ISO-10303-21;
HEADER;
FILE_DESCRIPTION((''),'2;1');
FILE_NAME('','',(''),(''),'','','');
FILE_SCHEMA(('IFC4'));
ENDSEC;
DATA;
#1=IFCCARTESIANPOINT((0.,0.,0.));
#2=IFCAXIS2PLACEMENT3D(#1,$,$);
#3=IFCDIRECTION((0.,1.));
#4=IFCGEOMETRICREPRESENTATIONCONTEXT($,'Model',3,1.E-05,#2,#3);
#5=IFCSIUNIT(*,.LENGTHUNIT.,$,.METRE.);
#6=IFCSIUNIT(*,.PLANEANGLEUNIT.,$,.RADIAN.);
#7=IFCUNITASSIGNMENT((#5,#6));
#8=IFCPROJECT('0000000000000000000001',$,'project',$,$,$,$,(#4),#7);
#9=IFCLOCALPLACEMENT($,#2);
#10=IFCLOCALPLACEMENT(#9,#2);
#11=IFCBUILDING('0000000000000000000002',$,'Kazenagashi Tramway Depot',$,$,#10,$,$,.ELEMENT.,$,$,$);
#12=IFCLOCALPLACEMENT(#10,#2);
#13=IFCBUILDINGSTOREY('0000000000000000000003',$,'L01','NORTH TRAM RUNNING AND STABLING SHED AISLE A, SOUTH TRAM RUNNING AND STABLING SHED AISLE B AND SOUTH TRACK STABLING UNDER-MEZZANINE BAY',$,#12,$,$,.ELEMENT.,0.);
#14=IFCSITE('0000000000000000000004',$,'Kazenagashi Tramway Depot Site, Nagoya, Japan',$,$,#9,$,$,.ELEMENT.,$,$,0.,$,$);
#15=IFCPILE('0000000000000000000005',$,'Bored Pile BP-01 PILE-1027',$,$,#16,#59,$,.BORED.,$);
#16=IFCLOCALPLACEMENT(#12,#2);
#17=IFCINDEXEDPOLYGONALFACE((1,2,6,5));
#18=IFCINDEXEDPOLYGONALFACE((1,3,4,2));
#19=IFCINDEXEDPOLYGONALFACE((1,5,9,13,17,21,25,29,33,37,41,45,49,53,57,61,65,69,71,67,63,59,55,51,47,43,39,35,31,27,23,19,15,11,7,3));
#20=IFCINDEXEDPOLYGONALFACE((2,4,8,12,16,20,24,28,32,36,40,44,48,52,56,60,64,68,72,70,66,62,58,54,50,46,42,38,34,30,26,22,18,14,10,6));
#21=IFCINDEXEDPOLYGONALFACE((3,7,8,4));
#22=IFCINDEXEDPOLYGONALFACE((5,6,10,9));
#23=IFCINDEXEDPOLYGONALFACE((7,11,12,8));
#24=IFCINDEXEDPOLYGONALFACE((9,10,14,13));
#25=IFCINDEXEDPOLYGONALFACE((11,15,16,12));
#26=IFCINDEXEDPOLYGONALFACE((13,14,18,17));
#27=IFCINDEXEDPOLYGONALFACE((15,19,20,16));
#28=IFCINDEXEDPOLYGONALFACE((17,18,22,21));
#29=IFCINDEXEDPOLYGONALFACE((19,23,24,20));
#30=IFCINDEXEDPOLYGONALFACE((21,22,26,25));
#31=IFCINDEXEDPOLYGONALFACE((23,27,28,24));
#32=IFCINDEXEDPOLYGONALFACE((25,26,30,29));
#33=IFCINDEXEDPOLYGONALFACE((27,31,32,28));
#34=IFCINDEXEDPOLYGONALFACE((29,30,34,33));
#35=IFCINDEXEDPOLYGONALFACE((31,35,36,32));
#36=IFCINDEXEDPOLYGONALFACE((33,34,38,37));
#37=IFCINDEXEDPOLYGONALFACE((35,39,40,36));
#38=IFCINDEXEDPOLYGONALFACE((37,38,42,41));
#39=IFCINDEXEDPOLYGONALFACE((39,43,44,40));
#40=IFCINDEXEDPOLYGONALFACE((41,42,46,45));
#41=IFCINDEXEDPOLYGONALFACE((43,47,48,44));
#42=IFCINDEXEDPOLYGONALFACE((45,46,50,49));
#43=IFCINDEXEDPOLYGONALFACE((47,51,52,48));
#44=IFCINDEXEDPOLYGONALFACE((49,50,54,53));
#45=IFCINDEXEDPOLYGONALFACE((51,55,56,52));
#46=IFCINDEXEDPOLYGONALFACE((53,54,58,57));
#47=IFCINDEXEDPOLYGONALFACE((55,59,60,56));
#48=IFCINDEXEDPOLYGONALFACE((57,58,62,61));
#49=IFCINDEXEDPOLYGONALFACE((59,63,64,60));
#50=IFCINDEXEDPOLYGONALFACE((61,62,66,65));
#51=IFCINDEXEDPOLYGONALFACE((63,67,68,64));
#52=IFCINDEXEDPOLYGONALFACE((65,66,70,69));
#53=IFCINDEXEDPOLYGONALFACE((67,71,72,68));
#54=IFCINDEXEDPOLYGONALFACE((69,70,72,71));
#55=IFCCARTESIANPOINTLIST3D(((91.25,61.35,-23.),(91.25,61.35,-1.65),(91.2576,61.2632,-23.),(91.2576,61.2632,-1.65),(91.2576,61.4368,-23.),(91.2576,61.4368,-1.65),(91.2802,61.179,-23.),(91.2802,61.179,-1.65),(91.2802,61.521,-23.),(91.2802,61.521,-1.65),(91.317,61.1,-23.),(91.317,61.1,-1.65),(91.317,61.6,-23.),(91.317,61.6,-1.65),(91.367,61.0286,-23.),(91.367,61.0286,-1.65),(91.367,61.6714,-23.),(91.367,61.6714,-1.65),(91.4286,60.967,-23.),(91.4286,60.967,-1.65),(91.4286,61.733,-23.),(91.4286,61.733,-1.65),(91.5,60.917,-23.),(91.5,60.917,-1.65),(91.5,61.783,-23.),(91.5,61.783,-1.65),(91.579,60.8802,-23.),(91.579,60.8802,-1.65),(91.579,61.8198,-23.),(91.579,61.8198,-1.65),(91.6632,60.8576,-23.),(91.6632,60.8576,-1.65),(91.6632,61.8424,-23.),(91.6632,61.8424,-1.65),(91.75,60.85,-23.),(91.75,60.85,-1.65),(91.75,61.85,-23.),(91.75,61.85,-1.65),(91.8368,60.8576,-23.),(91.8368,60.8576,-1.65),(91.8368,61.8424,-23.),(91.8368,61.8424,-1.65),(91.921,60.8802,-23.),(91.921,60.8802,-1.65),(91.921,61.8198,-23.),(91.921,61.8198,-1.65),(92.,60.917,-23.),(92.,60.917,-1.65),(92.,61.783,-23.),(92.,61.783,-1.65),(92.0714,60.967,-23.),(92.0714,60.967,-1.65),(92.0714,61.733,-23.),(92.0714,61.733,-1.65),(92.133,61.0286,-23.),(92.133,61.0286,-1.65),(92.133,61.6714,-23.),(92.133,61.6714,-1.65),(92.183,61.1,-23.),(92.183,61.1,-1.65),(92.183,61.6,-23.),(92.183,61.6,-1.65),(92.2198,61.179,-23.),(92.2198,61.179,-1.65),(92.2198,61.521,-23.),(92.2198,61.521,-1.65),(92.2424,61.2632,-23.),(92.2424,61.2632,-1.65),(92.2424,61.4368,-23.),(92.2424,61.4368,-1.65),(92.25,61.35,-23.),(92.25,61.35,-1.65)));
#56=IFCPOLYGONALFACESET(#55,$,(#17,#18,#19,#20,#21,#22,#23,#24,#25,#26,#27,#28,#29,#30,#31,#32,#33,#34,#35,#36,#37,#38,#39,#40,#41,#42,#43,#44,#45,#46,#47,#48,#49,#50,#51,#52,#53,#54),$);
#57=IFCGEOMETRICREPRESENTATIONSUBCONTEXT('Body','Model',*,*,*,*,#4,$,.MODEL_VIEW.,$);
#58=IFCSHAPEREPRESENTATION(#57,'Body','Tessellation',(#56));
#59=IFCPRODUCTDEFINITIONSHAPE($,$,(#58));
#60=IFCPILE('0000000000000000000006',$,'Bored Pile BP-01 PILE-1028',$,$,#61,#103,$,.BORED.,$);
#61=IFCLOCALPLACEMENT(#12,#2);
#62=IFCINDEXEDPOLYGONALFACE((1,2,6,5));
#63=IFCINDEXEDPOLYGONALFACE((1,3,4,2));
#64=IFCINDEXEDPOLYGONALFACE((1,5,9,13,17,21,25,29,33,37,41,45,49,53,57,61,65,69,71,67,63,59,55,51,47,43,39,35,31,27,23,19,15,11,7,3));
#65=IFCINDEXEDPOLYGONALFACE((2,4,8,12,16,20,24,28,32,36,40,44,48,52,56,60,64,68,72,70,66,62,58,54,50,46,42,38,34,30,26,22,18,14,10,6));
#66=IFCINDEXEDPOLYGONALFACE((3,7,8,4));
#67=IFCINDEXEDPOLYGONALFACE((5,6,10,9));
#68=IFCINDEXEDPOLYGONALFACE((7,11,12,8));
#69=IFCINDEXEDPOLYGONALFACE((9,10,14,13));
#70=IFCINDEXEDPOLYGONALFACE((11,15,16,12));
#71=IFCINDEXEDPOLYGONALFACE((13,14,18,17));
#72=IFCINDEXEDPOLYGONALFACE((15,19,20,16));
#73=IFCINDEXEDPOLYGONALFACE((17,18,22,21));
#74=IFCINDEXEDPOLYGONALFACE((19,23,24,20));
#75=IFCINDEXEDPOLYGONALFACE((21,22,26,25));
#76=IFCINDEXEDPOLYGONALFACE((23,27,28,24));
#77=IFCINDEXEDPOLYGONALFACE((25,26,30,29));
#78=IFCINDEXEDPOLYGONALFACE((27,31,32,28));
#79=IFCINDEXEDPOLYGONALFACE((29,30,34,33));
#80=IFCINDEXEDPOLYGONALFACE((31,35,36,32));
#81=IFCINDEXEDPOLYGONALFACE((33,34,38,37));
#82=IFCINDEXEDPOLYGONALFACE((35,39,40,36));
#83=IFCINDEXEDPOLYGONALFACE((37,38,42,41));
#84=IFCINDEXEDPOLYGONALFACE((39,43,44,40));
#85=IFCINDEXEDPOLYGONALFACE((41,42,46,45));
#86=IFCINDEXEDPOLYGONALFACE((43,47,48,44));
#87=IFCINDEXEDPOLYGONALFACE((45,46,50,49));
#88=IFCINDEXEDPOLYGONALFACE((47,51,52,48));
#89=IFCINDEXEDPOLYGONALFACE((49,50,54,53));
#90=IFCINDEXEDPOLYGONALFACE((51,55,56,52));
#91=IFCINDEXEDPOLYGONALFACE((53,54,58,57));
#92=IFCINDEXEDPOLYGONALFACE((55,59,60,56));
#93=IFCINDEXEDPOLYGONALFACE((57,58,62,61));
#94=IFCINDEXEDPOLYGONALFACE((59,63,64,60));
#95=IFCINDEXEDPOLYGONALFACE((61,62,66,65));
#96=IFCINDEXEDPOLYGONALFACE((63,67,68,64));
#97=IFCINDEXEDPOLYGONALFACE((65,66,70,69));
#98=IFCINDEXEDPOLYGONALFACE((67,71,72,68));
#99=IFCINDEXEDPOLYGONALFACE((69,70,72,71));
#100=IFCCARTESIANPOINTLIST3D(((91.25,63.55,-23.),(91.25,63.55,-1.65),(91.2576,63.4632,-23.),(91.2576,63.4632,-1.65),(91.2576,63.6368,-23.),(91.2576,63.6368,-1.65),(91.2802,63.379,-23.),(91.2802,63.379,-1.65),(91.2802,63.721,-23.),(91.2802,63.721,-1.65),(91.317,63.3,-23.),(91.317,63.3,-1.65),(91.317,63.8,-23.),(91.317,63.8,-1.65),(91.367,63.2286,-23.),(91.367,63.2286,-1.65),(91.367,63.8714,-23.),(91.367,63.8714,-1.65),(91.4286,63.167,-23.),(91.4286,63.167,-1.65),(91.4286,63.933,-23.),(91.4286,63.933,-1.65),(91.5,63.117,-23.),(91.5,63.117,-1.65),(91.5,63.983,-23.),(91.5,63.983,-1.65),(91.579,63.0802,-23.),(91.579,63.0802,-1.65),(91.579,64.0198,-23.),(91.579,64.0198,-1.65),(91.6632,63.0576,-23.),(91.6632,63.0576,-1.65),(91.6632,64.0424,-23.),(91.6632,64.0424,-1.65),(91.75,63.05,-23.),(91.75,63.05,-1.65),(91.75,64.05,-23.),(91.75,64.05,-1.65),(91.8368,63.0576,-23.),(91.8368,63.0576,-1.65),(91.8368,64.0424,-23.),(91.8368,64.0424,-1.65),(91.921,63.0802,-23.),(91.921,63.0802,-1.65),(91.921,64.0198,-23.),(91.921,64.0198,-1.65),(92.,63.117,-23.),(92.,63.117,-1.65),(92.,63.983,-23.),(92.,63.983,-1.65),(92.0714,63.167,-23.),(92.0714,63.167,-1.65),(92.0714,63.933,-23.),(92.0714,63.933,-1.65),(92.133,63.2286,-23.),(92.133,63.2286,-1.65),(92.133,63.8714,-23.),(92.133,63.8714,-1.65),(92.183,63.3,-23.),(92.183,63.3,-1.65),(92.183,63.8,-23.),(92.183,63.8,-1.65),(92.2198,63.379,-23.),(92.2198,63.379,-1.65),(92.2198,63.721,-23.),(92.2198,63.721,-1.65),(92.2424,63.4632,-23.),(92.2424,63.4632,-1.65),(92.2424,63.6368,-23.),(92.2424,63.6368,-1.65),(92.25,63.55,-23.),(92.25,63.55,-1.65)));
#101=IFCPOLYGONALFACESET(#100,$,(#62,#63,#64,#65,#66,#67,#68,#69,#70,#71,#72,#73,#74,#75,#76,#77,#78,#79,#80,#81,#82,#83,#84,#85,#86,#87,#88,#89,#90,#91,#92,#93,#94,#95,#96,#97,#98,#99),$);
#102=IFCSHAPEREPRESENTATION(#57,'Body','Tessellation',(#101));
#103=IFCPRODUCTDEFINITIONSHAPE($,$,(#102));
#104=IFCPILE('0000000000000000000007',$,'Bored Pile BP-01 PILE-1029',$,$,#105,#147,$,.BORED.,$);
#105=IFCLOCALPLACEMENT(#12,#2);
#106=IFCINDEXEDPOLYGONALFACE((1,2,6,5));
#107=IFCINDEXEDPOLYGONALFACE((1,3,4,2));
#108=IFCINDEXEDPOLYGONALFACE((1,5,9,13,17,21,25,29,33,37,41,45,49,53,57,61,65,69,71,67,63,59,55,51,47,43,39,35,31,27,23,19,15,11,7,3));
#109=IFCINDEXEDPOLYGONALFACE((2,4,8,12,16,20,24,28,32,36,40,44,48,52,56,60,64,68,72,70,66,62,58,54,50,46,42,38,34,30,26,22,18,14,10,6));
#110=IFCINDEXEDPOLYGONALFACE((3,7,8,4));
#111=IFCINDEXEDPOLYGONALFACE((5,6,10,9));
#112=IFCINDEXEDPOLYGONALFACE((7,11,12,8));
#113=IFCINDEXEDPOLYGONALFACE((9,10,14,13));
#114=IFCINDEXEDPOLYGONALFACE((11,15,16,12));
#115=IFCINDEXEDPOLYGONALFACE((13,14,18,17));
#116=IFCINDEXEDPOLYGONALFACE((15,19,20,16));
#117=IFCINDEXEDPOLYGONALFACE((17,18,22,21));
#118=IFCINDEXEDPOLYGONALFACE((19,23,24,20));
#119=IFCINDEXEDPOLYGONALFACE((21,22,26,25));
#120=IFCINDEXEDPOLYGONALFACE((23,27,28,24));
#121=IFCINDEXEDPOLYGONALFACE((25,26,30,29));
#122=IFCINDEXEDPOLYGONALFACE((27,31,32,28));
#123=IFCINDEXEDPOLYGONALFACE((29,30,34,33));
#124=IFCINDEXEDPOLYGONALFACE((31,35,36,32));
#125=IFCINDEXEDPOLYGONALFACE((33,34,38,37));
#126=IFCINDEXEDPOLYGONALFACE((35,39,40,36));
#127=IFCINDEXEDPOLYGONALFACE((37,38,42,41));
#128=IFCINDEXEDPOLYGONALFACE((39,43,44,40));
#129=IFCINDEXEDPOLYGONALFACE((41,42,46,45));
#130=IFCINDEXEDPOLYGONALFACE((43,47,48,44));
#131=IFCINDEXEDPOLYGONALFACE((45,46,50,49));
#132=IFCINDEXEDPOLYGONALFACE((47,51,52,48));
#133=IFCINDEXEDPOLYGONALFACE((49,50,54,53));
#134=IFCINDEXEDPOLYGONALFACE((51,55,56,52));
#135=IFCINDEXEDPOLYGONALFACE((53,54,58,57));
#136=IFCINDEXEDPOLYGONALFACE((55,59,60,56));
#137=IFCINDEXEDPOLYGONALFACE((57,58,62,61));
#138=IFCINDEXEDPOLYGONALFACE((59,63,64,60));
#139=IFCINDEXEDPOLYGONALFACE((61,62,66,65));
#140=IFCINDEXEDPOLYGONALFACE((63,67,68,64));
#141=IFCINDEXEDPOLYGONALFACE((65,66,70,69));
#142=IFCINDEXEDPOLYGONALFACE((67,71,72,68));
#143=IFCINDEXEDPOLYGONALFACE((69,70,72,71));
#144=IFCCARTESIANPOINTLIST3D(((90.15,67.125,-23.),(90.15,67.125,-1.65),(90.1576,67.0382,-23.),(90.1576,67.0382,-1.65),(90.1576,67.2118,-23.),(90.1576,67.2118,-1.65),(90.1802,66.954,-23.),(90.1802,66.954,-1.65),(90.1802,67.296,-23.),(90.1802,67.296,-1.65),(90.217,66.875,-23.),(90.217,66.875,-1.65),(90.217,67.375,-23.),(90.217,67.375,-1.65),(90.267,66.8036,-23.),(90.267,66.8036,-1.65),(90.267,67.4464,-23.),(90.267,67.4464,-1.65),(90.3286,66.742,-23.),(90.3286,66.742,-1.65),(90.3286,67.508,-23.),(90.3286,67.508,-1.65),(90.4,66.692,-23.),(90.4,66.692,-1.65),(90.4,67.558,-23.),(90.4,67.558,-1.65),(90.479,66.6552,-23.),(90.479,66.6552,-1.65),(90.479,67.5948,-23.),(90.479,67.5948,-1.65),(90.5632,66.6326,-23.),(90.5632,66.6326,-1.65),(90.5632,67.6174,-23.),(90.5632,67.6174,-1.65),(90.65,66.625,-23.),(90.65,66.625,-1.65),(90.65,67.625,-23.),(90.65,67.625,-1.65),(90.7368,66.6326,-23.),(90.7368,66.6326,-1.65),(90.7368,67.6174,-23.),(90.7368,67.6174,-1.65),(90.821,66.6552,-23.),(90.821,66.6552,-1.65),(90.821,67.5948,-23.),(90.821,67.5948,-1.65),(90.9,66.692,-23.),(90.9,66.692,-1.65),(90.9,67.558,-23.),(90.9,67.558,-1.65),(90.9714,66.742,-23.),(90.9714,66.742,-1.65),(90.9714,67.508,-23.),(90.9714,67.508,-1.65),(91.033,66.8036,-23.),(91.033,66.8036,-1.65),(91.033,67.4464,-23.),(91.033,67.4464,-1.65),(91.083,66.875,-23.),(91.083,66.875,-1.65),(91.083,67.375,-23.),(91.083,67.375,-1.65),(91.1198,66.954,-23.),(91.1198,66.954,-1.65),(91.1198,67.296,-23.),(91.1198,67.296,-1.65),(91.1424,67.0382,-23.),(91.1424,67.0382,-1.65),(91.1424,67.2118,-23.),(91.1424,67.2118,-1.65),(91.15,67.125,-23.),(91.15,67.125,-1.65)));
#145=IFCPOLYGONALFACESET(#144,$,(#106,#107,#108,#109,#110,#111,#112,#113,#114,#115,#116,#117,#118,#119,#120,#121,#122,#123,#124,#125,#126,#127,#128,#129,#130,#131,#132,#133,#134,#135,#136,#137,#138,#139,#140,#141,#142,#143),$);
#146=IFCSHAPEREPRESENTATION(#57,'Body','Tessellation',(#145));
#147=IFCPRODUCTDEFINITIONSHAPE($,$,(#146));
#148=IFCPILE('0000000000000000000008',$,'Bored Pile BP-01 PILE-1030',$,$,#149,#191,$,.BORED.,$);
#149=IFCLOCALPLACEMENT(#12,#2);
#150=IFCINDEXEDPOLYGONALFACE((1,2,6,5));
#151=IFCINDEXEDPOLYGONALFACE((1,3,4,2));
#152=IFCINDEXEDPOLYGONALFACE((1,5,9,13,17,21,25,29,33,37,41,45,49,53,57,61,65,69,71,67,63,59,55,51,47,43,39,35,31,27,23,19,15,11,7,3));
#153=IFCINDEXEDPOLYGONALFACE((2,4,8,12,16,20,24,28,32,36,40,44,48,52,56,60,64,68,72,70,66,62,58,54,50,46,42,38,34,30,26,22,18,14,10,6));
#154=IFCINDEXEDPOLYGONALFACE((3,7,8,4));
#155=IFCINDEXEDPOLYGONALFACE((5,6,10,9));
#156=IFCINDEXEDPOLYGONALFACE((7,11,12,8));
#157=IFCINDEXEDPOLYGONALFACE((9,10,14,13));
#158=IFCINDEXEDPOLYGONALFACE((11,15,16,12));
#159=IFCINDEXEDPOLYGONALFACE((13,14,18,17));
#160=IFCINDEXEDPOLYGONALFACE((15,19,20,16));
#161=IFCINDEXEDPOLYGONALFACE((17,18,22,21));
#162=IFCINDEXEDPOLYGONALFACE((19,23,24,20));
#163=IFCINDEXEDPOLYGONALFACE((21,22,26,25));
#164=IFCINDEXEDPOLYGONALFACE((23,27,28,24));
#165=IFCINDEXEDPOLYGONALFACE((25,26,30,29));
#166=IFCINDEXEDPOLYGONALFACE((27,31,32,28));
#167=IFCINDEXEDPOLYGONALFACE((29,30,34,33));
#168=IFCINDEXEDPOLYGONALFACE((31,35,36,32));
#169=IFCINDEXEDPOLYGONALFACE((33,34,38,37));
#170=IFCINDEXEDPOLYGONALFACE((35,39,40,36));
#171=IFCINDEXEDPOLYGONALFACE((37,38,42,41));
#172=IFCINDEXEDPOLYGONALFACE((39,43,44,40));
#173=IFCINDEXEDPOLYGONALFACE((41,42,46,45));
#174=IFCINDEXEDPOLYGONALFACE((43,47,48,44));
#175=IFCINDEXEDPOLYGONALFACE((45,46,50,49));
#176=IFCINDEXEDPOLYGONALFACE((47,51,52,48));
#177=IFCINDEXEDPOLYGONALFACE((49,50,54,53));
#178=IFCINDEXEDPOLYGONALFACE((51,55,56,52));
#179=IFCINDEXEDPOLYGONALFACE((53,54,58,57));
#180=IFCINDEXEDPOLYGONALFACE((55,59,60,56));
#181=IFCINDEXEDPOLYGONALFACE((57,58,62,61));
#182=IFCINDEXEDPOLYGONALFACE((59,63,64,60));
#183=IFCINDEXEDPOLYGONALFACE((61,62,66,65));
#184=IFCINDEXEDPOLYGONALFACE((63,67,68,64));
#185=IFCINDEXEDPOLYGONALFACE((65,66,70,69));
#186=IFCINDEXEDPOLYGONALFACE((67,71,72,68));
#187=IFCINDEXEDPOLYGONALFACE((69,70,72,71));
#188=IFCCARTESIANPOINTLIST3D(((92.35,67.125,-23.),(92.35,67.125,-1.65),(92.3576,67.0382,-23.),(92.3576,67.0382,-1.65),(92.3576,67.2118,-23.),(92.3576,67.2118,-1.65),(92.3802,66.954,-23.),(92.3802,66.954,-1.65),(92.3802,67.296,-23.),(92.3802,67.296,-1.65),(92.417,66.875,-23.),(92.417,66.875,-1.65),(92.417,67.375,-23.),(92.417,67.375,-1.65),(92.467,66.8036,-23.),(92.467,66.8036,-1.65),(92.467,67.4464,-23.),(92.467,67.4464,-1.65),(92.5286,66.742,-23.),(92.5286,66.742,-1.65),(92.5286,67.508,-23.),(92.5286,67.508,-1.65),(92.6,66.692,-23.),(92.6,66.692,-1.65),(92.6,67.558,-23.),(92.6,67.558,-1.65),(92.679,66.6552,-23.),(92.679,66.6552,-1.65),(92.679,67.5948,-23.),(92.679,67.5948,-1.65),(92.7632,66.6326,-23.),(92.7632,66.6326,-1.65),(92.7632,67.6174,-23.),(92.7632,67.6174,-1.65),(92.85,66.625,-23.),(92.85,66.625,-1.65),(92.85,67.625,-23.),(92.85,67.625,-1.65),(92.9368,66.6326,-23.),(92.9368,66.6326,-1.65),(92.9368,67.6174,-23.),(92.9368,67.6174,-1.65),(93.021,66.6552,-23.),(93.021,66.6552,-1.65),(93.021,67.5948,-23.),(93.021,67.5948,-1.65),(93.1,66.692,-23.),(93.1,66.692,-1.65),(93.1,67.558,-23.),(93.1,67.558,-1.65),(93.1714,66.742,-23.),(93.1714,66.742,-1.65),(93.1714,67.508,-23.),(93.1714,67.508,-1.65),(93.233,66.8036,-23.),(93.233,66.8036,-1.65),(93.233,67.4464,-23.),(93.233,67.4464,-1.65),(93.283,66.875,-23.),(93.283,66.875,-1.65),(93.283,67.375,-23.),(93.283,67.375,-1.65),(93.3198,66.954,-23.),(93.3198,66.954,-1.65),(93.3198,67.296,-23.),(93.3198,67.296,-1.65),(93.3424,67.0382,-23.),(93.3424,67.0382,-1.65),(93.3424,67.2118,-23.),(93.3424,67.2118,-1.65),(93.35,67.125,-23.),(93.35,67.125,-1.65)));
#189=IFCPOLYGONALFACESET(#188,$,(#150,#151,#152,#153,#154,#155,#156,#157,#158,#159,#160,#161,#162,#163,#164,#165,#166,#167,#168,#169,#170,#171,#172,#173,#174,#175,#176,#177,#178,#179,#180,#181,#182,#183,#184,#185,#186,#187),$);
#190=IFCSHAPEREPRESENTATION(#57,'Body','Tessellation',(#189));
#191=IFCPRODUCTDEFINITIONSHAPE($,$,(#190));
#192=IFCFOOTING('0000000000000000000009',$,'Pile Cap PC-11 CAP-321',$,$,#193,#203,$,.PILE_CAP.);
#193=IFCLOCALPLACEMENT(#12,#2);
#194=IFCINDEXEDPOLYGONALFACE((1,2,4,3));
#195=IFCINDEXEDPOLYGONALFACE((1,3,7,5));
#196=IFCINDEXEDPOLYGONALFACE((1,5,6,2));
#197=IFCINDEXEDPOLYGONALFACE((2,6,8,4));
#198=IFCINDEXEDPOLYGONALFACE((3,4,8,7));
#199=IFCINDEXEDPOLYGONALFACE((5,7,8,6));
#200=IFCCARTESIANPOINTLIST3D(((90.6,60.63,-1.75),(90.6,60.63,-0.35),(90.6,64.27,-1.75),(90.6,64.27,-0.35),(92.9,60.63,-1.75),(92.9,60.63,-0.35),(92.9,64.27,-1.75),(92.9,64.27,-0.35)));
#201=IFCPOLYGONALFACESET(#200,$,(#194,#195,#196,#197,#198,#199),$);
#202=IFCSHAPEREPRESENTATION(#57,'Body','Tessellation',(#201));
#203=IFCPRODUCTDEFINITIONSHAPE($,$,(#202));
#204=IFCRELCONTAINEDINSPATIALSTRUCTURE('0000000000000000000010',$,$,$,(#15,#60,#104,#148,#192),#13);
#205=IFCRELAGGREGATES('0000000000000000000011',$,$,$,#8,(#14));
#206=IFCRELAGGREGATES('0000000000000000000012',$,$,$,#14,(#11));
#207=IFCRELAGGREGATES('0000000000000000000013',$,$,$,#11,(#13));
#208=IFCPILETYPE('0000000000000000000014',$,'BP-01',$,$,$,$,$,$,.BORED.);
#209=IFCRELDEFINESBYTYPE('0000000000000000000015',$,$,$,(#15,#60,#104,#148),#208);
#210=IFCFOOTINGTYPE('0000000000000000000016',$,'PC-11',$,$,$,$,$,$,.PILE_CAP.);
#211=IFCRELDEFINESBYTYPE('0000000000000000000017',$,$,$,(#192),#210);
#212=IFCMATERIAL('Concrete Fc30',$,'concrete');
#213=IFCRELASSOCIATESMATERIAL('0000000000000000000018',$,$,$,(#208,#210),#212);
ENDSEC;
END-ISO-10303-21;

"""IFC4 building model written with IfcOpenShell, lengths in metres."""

from ifc_helpers import new_model, si_unit, direction, frame, origin, origin_2d, place, context, subcontext, project, spatial, rectangle, circle, extrude, material, material_profile, profile_set, type_object, element, save


model = new_model("IFC4")

# Units and contexts
model_context = context("Model", 3, precision=1e-05, world=origin(), true_north=direction((0.0, 1.0)))
body_context = subcontext(model_context, "Body", "Model", "MODEL_VIEW")
ifc_project = project(units=[si_unit("LENGTHUNIT", "METRE"), si_unit("PLANEANGLEUNIT", "RADIAN")], contexts=[model_context])

# Site, building, storey
site_placement = place(None, origin())
site = spatial("IfcSite", under=ifc_project, at=site_placement, Name="Kazenagashi Tramway Depot Site, Nagoya, Japan", CompositionType="ELEMENT", RefElevation=0.0)
building_placement = place(site_placement, origin())
building = spatial("IfcBuilding", under=site, at=building_placement, Name="Kazenagashi Tramway Depot", CompositionType="ELEMENT")
storey_placement = place(building_placement, origin())
storey = spatial("IfcBuildingStorey", under=building, at=storey_placement, Name="L01", Description="NORTH TRAM RUNNING AND STABLING SHED AISLE A, SOUTH TRAM RUNNING AND STABLING SHED AISLE B AND SOUTH TRACK STABLING UNDER-MEZZANINE BAY", CompositionType="ELEMENT", Elevation=0.0)

# Piles
ifc_material_1 = material(Name="Concrete Fc30", Category="concrete")
ifc_material_profile_1 = material_profile(ifc_material_1, circle(Radius=0.5, at=origin_2d()), Name="PILE-1000")
ifc_profile_set_1 = profile_set([ifc_material_profile_1], Name="Concrete Fc30")
pile_type = type_object("IfcPileType", Name="BP-01", PredefinedType="BORED", material=ifc_profile_set_1)
for number, where, z_axis, x_axis, name in (
    (1, (91.75, 61.35, -1.65), (0.0, 0.0, -1.0), (1.0, 0.0, 0.0), "Bored Pile BP-01 PILE-1027"),
    (2, (91.75, 63.55, -1.65), (0.0, 0.0, -1.0), (1.0, 0.0, 0.0), "Bored Pile BP-01 PILE-1028"),
    (3, (90.65, 67.125, -1.65), (0.0, 0.0, -1.0), (1.0, 0.0, 0.0), "Bored Pile BP-01 PILE-1029"),
    (4, (92.85, 67.125, -1.65), (0.0, 0.0, -1.0), (1.0, 0.0, 0.0), "Bored Pile BP-01 PILE-1030"),
):
    element("IfcPile", number, at=place(storey_placement, frame(where, z_axis=z_axis, x_axis=x_axis)), inside=storey, type_object=pile_type, Name=name, PredefinedType="BORED", context=body_context, shape_type="SweptSolid", body=[
        extrude(circle(Radius=0.5, at=origin_2d()), origin(), (0.0, 0.0, 1.0), 21.35),
    ])

# Footing
footing_type_1 = type_object("IfcFootingType", Name="PC-11", PredefinedType="PILE_CAP", material=ifc_material_1)
footing_placement = place(storey_placement, frame((91.75, 62.45, -1.75), z_axis=(0.0, 0.0, 1.0), x_axis=(1.0, 0.0, 0.0)))
element("IfcFooting", 5, at=footing_placement, inside=storey, type_object=footing_type_1, Name="Pile Cap PC-11 CAP-321", PredefinedType="PILE_CAP", context=body_context, shape_type="SweptSolid", body=[
    extrude(rectangle(XDim=2.3, YDim=3.64, at=origin_2d()), origin(), (0.0, 0.0, 1.0), 1.4),
])

save(model, "model.ifc")
